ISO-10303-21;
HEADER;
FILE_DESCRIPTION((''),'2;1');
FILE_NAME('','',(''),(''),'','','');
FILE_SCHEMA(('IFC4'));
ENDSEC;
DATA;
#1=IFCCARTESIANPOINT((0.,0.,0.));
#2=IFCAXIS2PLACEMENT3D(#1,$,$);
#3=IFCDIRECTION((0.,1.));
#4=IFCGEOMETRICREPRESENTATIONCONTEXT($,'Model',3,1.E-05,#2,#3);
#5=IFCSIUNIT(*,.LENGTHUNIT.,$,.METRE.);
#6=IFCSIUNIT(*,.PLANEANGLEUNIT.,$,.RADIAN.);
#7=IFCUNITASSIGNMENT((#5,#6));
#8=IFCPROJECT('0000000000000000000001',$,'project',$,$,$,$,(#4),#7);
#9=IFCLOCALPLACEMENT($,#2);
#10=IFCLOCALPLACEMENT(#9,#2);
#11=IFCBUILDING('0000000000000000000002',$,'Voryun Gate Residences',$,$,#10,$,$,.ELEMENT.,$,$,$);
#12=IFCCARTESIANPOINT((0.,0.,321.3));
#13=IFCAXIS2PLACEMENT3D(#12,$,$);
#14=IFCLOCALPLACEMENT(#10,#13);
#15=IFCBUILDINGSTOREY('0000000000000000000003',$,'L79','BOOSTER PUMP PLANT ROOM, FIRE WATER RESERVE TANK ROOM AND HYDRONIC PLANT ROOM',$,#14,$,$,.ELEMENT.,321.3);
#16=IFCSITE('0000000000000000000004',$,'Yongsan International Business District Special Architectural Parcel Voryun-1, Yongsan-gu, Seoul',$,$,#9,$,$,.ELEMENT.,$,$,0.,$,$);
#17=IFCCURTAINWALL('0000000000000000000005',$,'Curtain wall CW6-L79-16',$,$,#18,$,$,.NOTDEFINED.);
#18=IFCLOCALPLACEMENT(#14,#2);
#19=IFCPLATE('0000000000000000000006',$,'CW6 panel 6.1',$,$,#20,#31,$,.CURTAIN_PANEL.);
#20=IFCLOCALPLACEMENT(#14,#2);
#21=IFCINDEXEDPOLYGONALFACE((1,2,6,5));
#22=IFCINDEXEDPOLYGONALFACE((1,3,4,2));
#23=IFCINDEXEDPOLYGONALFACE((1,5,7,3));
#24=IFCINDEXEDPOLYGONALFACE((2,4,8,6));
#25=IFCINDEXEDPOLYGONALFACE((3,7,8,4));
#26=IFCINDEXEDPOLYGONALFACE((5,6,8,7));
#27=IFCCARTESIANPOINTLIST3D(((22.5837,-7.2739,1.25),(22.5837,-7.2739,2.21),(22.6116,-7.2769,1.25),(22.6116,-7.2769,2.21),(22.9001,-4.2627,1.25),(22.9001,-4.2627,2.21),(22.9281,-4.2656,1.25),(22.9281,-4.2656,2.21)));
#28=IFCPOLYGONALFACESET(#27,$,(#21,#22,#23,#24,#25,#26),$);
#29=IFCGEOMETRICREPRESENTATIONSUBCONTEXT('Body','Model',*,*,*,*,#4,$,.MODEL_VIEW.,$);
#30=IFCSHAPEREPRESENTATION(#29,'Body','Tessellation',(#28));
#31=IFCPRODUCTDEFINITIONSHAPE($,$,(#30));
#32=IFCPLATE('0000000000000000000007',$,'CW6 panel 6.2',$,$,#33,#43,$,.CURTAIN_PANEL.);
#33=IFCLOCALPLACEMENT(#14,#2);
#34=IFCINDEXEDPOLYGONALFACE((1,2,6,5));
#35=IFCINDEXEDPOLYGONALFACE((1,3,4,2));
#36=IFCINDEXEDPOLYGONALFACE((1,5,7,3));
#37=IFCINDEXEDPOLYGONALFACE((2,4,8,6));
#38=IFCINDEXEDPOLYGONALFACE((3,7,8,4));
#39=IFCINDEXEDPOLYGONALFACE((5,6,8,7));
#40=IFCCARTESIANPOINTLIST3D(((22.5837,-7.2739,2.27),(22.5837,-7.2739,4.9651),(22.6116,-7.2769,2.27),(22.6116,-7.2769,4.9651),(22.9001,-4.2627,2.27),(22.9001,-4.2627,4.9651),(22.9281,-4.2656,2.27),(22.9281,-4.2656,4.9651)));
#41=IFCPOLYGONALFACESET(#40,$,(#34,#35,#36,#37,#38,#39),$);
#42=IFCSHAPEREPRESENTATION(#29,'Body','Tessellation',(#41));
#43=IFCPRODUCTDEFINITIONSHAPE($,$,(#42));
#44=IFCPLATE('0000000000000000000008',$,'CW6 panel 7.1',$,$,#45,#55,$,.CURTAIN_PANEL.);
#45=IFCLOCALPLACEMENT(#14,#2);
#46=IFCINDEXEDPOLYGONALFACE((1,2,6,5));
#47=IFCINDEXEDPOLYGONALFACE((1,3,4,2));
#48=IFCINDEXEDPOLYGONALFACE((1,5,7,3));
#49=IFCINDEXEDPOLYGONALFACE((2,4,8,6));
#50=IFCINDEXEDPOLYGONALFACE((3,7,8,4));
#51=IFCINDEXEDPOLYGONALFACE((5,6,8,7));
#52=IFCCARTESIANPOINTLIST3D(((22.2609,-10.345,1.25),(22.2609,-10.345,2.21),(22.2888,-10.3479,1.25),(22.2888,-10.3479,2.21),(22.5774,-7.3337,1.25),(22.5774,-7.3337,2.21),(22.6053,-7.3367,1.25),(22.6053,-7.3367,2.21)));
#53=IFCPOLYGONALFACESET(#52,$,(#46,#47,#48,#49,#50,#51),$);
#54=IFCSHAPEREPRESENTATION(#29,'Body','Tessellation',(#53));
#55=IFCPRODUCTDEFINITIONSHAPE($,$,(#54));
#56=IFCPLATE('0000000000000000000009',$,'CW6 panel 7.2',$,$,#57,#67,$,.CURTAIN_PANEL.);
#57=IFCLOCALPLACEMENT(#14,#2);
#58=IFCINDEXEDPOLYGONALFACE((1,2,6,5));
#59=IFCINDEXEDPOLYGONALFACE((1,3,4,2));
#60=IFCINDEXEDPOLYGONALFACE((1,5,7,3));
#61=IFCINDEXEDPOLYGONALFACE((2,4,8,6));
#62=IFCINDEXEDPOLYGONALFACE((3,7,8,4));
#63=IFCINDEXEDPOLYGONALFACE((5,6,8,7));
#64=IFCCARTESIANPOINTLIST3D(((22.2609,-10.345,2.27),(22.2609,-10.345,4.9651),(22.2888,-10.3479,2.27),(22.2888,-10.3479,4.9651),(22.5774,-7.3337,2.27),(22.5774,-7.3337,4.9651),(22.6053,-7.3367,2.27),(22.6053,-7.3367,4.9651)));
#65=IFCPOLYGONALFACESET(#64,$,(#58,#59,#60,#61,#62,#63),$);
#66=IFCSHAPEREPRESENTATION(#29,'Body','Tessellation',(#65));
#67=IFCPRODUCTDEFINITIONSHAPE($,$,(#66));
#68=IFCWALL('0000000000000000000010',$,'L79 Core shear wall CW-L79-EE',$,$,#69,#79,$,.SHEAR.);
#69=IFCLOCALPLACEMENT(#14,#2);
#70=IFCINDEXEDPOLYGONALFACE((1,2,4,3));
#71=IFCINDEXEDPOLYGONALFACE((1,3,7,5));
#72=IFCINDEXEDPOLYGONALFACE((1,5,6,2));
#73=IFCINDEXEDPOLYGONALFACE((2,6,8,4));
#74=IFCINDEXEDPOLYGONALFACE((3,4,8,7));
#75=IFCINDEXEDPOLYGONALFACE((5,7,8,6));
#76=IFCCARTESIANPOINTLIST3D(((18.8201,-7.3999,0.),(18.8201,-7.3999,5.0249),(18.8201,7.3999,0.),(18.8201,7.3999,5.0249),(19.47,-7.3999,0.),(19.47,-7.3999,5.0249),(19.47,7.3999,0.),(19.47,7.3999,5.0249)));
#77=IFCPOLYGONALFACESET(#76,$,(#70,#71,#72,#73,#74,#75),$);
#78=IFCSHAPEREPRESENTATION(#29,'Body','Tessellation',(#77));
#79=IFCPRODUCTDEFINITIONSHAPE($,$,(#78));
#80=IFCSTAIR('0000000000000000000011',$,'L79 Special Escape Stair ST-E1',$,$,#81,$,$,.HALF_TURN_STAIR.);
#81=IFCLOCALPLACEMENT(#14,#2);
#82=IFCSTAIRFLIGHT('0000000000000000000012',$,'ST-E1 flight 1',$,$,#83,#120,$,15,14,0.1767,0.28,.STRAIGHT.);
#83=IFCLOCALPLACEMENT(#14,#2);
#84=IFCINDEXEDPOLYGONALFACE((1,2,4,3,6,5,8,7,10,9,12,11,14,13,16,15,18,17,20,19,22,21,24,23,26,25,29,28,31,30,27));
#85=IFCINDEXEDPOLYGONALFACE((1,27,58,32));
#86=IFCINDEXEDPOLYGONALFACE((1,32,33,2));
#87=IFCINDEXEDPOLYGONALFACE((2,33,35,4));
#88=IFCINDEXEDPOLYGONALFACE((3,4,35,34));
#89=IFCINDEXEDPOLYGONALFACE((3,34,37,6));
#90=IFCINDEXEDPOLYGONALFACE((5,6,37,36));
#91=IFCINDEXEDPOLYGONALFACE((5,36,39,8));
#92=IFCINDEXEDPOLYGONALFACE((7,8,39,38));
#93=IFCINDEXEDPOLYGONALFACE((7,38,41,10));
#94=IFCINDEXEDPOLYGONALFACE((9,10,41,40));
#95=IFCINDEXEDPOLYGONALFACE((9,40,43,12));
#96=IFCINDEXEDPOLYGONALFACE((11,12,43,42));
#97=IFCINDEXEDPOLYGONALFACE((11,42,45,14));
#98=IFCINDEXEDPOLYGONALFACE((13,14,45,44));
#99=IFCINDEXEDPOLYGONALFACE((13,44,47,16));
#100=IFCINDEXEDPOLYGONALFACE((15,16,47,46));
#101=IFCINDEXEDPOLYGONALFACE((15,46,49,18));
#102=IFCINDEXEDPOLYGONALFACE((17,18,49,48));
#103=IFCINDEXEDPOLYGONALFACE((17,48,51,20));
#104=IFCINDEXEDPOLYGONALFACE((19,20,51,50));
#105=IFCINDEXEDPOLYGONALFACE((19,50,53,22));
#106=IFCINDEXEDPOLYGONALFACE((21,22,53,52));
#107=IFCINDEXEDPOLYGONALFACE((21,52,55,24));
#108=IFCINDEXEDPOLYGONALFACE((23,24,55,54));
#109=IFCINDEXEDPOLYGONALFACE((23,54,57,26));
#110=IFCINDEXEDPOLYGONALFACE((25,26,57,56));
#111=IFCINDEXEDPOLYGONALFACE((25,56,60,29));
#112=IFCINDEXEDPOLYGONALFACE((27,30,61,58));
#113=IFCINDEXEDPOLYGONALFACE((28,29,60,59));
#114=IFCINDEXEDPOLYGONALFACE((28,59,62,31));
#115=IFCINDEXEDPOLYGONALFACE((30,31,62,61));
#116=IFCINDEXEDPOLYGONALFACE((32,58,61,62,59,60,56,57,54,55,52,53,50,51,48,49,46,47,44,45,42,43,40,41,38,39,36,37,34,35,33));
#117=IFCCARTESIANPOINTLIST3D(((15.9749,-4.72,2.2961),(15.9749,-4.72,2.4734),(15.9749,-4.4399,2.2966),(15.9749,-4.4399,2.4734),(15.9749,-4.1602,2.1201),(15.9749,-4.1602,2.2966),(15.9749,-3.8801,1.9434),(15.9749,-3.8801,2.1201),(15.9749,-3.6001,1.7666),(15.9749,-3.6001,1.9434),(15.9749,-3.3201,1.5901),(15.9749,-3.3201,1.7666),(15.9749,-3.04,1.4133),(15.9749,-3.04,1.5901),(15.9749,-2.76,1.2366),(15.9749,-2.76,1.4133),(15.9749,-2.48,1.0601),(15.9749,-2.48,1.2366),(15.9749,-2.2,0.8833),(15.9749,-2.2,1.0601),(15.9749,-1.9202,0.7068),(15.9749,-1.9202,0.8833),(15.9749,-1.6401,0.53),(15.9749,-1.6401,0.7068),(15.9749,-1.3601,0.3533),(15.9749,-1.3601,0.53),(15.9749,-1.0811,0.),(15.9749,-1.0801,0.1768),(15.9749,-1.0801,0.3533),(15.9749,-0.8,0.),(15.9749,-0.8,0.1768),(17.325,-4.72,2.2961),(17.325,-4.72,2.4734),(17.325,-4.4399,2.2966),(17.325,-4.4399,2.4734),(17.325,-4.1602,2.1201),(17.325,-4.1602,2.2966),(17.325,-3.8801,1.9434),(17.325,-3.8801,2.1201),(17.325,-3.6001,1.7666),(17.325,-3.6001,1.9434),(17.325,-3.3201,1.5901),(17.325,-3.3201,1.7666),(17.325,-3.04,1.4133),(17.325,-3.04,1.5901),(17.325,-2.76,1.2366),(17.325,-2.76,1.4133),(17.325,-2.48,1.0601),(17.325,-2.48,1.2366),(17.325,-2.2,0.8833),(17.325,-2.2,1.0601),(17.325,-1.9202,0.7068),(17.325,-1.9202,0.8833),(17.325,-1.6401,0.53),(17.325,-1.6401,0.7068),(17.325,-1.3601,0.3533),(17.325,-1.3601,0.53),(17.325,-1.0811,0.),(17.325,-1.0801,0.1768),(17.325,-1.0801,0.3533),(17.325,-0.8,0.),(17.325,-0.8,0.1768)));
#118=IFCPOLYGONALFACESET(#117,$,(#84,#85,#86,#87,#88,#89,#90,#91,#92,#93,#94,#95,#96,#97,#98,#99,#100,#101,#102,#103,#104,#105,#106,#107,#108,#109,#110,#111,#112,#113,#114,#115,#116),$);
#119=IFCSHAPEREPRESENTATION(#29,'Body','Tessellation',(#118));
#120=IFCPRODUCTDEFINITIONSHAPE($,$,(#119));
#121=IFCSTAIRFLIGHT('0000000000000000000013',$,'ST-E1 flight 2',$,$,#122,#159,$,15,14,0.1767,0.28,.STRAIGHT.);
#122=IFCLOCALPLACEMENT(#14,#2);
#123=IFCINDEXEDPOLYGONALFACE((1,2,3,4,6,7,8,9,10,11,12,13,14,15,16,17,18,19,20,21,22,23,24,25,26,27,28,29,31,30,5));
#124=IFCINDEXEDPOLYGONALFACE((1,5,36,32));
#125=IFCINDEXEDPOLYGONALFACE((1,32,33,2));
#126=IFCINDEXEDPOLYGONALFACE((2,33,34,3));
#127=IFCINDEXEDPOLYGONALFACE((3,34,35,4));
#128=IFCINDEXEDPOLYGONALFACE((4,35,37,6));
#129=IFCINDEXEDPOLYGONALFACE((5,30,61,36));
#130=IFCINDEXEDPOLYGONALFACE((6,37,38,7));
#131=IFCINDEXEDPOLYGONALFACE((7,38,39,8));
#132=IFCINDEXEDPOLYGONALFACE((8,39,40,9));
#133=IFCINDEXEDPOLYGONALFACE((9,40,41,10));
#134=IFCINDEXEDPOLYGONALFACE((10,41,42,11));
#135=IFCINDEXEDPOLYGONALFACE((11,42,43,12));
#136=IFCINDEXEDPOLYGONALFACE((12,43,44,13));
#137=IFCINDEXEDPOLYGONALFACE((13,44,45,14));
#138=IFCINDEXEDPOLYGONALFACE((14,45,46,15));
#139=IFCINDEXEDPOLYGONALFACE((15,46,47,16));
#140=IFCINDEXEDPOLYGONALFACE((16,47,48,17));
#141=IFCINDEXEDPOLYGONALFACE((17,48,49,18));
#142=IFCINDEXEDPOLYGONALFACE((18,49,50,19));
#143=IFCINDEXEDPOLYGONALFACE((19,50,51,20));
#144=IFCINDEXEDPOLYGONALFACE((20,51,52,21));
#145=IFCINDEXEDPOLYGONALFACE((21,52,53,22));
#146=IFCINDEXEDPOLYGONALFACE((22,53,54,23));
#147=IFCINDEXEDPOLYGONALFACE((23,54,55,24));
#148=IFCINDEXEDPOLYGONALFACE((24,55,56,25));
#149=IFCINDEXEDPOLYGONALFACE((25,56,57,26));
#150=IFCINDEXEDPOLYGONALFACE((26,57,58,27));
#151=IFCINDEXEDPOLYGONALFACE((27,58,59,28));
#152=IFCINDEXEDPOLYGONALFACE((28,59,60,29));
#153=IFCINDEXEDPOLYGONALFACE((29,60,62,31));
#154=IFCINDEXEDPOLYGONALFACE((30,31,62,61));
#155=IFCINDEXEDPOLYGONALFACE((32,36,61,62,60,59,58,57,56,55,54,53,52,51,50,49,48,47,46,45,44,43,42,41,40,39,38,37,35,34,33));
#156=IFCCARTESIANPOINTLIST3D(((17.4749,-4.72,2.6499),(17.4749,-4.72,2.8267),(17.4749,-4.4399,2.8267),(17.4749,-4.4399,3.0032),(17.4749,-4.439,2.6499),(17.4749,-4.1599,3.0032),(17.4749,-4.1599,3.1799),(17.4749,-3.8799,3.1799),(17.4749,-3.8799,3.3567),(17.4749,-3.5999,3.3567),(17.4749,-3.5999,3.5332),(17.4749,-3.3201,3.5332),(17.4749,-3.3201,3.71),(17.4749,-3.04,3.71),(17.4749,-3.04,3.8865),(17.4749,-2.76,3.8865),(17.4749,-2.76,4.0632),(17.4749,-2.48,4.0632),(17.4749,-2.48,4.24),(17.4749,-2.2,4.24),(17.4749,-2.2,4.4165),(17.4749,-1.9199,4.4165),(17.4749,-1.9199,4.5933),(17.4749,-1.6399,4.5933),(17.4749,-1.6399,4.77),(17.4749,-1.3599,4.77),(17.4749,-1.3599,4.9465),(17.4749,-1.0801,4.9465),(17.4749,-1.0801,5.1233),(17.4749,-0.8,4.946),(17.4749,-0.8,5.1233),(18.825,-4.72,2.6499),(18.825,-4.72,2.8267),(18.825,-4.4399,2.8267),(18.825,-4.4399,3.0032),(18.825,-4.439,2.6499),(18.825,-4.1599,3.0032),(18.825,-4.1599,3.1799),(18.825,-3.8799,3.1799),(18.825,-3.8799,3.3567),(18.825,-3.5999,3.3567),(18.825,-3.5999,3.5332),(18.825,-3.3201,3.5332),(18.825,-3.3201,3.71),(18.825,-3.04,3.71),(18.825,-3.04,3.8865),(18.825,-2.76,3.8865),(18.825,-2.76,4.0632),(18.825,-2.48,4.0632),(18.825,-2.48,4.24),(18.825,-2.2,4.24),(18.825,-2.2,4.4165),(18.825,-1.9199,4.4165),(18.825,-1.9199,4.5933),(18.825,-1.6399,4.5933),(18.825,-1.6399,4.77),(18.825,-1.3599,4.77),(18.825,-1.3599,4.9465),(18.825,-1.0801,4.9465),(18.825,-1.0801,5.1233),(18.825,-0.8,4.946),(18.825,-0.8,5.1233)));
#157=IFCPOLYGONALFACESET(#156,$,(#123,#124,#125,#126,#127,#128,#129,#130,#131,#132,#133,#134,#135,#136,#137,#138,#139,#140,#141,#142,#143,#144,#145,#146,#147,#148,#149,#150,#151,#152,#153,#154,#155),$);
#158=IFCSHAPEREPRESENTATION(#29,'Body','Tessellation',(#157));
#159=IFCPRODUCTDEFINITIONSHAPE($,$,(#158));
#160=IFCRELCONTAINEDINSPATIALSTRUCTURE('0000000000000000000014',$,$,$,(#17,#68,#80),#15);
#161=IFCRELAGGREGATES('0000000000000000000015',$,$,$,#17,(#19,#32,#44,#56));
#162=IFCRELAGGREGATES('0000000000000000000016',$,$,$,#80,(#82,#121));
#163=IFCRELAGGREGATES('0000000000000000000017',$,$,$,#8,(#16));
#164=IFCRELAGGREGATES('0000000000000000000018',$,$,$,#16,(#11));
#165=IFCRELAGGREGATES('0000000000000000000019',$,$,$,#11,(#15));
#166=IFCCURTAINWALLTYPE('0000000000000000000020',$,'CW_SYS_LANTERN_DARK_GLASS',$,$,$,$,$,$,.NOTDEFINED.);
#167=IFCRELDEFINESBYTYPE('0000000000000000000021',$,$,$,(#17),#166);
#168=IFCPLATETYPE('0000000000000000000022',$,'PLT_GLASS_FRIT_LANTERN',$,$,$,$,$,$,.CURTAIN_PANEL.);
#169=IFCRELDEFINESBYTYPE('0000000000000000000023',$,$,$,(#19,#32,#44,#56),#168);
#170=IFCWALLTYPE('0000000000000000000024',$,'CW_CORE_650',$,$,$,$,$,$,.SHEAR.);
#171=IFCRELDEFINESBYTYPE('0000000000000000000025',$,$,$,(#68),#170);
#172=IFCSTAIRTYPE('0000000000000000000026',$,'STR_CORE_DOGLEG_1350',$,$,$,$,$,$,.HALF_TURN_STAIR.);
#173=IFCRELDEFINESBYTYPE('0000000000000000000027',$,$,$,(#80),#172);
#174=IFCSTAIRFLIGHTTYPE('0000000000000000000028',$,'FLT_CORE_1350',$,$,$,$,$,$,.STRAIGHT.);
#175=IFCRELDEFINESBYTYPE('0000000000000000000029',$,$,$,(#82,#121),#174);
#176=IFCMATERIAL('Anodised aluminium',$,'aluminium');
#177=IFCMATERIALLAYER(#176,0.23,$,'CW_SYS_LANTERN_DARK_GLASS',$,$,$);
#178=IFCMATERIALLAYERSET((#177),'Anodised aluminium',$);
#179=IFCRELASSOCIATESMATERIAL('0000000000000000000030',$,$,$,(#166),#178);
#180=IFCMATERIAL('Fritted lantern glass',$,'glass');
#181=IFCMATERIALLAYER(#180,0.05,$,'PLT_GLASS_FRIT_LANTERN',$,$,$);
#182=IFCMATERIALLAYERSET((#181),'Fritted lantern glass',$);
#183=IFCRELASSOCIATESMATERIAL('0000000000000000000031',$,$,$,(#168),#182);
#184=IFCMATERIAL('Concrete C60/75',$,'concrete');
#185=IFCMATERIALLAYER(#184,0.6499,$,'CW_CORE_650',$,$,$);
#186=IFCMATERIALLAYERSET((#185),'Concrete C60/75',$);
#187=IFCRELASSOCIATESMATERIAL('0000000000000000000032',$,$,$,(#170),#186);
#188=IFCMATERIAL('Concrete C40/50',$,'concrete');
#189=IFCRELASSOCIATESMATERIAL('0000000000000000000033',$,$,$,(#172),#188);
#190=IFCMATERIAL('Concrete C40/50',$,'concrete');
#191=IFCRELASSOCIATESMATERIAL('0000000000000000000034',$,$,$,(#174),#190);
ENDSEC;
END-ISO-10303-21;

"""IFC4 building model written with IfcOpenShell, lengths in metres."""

from ifc_helpers import new_model, si_unit, direction, frame, frame_2d, origin, origin_2d, place, context, subcontext, project, spatial, polyline, rectangle, outline, extrude, material, layer, layer_set, type_object, element, aggregate, save


model = new_model("IFC4")

# Units and contexts
model_context = context("Model", 3, precision=1e-05, world=origin(), true_north=direction((0.0, 1.0)))
body_context = subcontext(model_context, "Body", "Model", "MODEL_VIEW")
ifc_project = project(units=[si_unit("LENGTHUNIT", "METRE"), si_unit("PLANEANGLEUNIT", "RADIAN")], contexts=[model_context])

# Site, building, storey
site_placement = place(None, origin())
site = spatial("IfcSite", under=ifc_project, at=site_placement, Name="Yongsan International Business District Special Architectural Parcel Voryun-1, Yongsan-gu, Seoul", CompositionType="ELEMENT", RefElevation=0.0)
building_placement = place(site_placement, origin())
building = spatial("IfcBuilding", under=site, at=building_placement, Name="Voryun Gate Residences", CompositionType="ELEMENT")
storey_placement = place(building_placement, frame((0.0, 0.0, 321.3)))
storey = spatial("IfcBuildingStorey", under=building, at=storey_placement, Name="L79", Description="BOOSTER PUMP PLANT ROOM, FIRE WATER RESERVE TANK ROOM AND HYDRONIC PLANT ROOM", CompositionType="ELEMENT", Elevation=321.3)

# Curtain wall
ifc_material_1 = material(Name="Anodised aluminium", Category="aluminium")
ifc_layer_1 = layer(ifc_material_1, 0.23, Name="CW_SYS_LANTERN_DARK_GLASS")
ifc_layer_set_1 = layer_set([ifc_layer_1], Name="Anodised aluminium")
curtain_wall_type = type_object("IfcCurtainWallType", Name="CW_SYS_LANTERN_DARK_GLASS", PredefinedType="NOTDEFINED", material=ifc_layer_set_1)
curtain_wall_placement = place(storey_placement, origin())
curtain_wall = element("IfcCurtainWall", 1, at=curtain_wall_placement, inside=storey, type_object=curtain_wall_type, Name="Curtain wall CW6-L79-16", PredefinedType="NOTDEFINED")

# Plates
ifc_material_2 = material(Name="Fritted lantern glass", Category="glass")
ifc_layer_2 = layer(ifc_material_2, 0.05, Name="PLT_GLASS_FRIT_LANTERN")
ifc_layer_set_2 = layer_set([ifc_layer_2], Name="Fritted lantern glass")
plate_type_1 = type_object("IfcPlateType", Name="PLT_GLASS_FRIT_LANTERN", PredefinedType="CURTAIN_PANEL", material=ifc_layer_set_2)
plate_1_placement = place(storey_placement, frame((22.7559, -5.7698, 1.25), z_axis=(0.0, 0.0, 1.0), x_axis=(-0.104528, -0.994522, 0.0)))
plate_1 = element("IfcPlate", 2, at=plate_1_placement, type_object=plate_type_1, Name="CW6 panel 6.1", PredefinedType="CURTAIN_PANEL", context=body_context, shape_type="SweptSolid", body=[
    extrude(rectangle(XDim=3.0278, YDim=0.0281, at=origin_2d()), origin(), (0.0, 0.0, 1.0), 0.96),
])
plate_2_placement = place(storey_placement, frame((22.7559, -5.7698, 2.27), z_axis=(0.0, 0.0, 1.0), x_axis=(-0.104528, -0.994522, 0.0)))
plate_2 = element("IfcPlate", 3, at=plate_2_placement, type_object=plate_type_1, Name="CW6 panel 6.2", PredefinedType="CURTAIN_PANEL", context=body_context, shape_type="SweptSolid", body=[
    extrude(rectangle(XDim=3.0278, YDim=0.0281, at=origin_2d()), origin(), (0.0, 0.0, 1.0), 2.6951),
])
plate_3_placement = place(storey_placement, frame((22.4331, -8.8408, 1.25), z_axis=(0.0, 0.0, 1.0), x_axis=(-0.104528, -0.994522, 0.0)))
plate_3 = element("IfcPlate", 4, at=plate_3_placement, type_object=plate_type_1, Name="CW6 panel 7.1", PredefinedType="CURTAIN_PANEL", context=body_context, shape_type="SweptSolid", body=[
    extrude(rectangle(XDim=3.0278, YDim=0.0281, at=origin_2d()), origin(), (0.0, 0.0, 1.0), 0.96),
])
plate_4_placement = place(storey_placement, frame((22.4331, -8.8408, 2.27), z_axis=(0.0, 0.0, 1.0), x_axis=(-0.104528, -0.994522, 0.0)))
plate_4 = element("IfcPlate", 5, at=plate_4_placement, type_object=plate_type_1, Name="CW6 panel 7.2", PredefinedType="CURTAIN_PANEL", context=body_context, shape_type="SweptSolid", body=[
    extrude(rectangle(XDim=3.0278, YDim=0.0281, at=origin_2d()), origin(), (0.0, 0.0, 1.0), 2.6951),
])
aggregate(curtain_wall, [plate_1, plate_2, plate_3, plate_4])

# Wall
ifc_material_3 = material(Name="Concrete C60/75", Category="concrete")
ifc_layer_3 = layer(ifc_material_3, 0.6499, Name="CW_CORE_650")
ifc_layer_set_3 = layer_set([ifc_layer_3], Name="Concrete C60/75")
wall_type = type_object("IfcWallType", Name="CW_CORE_650", PredefinedType="SHEAR", material=ifc_layer_set_3)
wall_placement = place(storey_placement, frame((19.145, -7.3999, 0.0), z_axis=(0.0, 0.0, 1.0), x_axis=(0.0, 1.0, 0.0)))
element("IfcWall", 6, at=wall_placement, inside=storey, type_object=wall_type, Name="L79 Core shear wall CW-L79-EE", PredefinedType="SHEAR", context=body_context, shape_type="SweptSolid", body=[
    extrude(rectangle(XDim=14.7998, YDim=0.6499, at=frame_2d((7.3999, 0.0))), origin(), (0.0, 0.0, 1.0), 5.0249),
])

# Stair, stair flights
ifc_material_4 = material(Name="Concrete C40/50", Category="concrete")
stair_type = type_object("IfcStairType", Name="STR_CORE_DOGLEG_1350", PredefinedType="HALF_TURN_STAIR", material=ifc_material_4)
stair_placement = place(storey_placement, origin())
stair = element("IfcStair", 7, at=stair_placement, inside=storey, type_object=stair_type, Name="L79 Special Escape Stair ST-E1", PredefinedType="HALF_TURN_STAIR")
ifc_material_5 = material(Name="Concrete C40/50", Category="concrete")
stair_flight_type = type_object("IfcStairFlightType", Name="FLT_CORE_1350", PredefinedType="STRAIGHT", material=ifc_material_5)
stair_flight_1_placement = place(storey_placement, frame((16.6499, -0.8, 0.0), z_axis=(0.0, 0.0, 1.0), x_axis=(0.0, -1.0, 0.0)))
stair_flight_1 = element("IfcStairFlight", 8, at=stair_flight_1_placement, type_object=stair_flight_type, Name="ST-E1 flight 1", NumberOfRisers=15, NumberOfTreads=14, PredefinedType="STRAIGHT", RiserHeight=0.1767, TreadLength=0.28, context=body_context, shape_type="SweptSolid", body=[
    extrude(outline(polyline([(0.0, 0.0), (0.0, 0.1768), (0.28, 0.1768), (0.28, 0.3533), (0.5601, 0.3533), (0.5601, 0.53), (0.8401, 0.53), (0.8401, 0.7068), (1.1201, 0.7068), (1.1201, 0.8833), (1.3999, 0.8833), (1.3999, 1.0601), (1.6799, 1.0601), (1.6799, 1.2366), (1.96, 1.2366), (1.96, 1.4133), (2.24, 1.4133), (2.24, 1.5901), (2.52, 1.5901), (2.52, 1.7666), (2.8, 1.7666), (2.8, 1.9434), (3.0801, 1.9434), (3.0801, 2.1201), (3.3601, 2.1201), (3.3601, 2.2966), (3.6399, 2.2966), (3.6399, 2.4734), (3.9199, 2.4734), (3.9199, 2.6499), (3.9199, 2.2961), (0.281, 0.0), (0.0, 0.0)])), frame((0.0, 0.675, 0.0), z_axis=(0.0, -1.0, 0.0), x_axis=(1.0, 0.0, 0.0)), (0.0, 0.0, 1.0), 1.3501),
])
stair_flight_2_placement = place(storey_placement, frame((18.1499, -4.72, 2.6499), z_axis=(0.0, 0.0, 1.0), x_axis=(0.0, 1.0, 0.0)))
stair_flight_2 = element("IfcStairFlight", 9, at=stair_flight_2_placement, type_object=stair_flight_type, Name="ST-E1 flight 2", NumberOfRisers=15, NumberOfTreads=14, PredefinedType="STRAIGHT", RiserHeight=0.1767, TreadLength=0.28, context=body_context, shape_type="SweptSolid", body=[
    extrude(outline(polyline([(0.0, 0.0), (0.0, 0.1768), (0.28, 0.1768), (0.28, 0.3533), (0.5601, 0.3533), (0.5601, 0.53), (0.8401, 0.53), (0.8401, 0.7068), (1.1201, 0.7068), (1.1201, 0.8833), (1.3999, 0.8833), (1.3999, 1.0601), (1.6799, 1.0601), (1.6799, 1.2366), (1.96, 1.2366), (1.96, 1.4133), (2.24, 1.4133), (2.24, 1.5901), (2.52, 1.5901), (2.52, 1.7666), (2.8, 1.7666), (2.8, 1.9434), (3.0801, 1.9434), (3.0801, 2.1201), (3.3601, 2.1201), (3.3601, 2.2966), (3.6399, 2.2966), (3.6399, 2.4734), (3.9199, 2.4734), (3.9199, 2.6499), (3.9199, 2.2961), (0.281, 0.0), (0.0, 0.0)])), frame((0.0, 0.675, 0.0), z_axis=(0.0, -1.0, 0.0), x_axis=(1.0, 0.0, 0.0)), (0.0, 0.0, 1.0), 1.3501),
])
aggregate(stair, [stair_flight_1, stair_flight_2])

save(model, "model.ifc")
